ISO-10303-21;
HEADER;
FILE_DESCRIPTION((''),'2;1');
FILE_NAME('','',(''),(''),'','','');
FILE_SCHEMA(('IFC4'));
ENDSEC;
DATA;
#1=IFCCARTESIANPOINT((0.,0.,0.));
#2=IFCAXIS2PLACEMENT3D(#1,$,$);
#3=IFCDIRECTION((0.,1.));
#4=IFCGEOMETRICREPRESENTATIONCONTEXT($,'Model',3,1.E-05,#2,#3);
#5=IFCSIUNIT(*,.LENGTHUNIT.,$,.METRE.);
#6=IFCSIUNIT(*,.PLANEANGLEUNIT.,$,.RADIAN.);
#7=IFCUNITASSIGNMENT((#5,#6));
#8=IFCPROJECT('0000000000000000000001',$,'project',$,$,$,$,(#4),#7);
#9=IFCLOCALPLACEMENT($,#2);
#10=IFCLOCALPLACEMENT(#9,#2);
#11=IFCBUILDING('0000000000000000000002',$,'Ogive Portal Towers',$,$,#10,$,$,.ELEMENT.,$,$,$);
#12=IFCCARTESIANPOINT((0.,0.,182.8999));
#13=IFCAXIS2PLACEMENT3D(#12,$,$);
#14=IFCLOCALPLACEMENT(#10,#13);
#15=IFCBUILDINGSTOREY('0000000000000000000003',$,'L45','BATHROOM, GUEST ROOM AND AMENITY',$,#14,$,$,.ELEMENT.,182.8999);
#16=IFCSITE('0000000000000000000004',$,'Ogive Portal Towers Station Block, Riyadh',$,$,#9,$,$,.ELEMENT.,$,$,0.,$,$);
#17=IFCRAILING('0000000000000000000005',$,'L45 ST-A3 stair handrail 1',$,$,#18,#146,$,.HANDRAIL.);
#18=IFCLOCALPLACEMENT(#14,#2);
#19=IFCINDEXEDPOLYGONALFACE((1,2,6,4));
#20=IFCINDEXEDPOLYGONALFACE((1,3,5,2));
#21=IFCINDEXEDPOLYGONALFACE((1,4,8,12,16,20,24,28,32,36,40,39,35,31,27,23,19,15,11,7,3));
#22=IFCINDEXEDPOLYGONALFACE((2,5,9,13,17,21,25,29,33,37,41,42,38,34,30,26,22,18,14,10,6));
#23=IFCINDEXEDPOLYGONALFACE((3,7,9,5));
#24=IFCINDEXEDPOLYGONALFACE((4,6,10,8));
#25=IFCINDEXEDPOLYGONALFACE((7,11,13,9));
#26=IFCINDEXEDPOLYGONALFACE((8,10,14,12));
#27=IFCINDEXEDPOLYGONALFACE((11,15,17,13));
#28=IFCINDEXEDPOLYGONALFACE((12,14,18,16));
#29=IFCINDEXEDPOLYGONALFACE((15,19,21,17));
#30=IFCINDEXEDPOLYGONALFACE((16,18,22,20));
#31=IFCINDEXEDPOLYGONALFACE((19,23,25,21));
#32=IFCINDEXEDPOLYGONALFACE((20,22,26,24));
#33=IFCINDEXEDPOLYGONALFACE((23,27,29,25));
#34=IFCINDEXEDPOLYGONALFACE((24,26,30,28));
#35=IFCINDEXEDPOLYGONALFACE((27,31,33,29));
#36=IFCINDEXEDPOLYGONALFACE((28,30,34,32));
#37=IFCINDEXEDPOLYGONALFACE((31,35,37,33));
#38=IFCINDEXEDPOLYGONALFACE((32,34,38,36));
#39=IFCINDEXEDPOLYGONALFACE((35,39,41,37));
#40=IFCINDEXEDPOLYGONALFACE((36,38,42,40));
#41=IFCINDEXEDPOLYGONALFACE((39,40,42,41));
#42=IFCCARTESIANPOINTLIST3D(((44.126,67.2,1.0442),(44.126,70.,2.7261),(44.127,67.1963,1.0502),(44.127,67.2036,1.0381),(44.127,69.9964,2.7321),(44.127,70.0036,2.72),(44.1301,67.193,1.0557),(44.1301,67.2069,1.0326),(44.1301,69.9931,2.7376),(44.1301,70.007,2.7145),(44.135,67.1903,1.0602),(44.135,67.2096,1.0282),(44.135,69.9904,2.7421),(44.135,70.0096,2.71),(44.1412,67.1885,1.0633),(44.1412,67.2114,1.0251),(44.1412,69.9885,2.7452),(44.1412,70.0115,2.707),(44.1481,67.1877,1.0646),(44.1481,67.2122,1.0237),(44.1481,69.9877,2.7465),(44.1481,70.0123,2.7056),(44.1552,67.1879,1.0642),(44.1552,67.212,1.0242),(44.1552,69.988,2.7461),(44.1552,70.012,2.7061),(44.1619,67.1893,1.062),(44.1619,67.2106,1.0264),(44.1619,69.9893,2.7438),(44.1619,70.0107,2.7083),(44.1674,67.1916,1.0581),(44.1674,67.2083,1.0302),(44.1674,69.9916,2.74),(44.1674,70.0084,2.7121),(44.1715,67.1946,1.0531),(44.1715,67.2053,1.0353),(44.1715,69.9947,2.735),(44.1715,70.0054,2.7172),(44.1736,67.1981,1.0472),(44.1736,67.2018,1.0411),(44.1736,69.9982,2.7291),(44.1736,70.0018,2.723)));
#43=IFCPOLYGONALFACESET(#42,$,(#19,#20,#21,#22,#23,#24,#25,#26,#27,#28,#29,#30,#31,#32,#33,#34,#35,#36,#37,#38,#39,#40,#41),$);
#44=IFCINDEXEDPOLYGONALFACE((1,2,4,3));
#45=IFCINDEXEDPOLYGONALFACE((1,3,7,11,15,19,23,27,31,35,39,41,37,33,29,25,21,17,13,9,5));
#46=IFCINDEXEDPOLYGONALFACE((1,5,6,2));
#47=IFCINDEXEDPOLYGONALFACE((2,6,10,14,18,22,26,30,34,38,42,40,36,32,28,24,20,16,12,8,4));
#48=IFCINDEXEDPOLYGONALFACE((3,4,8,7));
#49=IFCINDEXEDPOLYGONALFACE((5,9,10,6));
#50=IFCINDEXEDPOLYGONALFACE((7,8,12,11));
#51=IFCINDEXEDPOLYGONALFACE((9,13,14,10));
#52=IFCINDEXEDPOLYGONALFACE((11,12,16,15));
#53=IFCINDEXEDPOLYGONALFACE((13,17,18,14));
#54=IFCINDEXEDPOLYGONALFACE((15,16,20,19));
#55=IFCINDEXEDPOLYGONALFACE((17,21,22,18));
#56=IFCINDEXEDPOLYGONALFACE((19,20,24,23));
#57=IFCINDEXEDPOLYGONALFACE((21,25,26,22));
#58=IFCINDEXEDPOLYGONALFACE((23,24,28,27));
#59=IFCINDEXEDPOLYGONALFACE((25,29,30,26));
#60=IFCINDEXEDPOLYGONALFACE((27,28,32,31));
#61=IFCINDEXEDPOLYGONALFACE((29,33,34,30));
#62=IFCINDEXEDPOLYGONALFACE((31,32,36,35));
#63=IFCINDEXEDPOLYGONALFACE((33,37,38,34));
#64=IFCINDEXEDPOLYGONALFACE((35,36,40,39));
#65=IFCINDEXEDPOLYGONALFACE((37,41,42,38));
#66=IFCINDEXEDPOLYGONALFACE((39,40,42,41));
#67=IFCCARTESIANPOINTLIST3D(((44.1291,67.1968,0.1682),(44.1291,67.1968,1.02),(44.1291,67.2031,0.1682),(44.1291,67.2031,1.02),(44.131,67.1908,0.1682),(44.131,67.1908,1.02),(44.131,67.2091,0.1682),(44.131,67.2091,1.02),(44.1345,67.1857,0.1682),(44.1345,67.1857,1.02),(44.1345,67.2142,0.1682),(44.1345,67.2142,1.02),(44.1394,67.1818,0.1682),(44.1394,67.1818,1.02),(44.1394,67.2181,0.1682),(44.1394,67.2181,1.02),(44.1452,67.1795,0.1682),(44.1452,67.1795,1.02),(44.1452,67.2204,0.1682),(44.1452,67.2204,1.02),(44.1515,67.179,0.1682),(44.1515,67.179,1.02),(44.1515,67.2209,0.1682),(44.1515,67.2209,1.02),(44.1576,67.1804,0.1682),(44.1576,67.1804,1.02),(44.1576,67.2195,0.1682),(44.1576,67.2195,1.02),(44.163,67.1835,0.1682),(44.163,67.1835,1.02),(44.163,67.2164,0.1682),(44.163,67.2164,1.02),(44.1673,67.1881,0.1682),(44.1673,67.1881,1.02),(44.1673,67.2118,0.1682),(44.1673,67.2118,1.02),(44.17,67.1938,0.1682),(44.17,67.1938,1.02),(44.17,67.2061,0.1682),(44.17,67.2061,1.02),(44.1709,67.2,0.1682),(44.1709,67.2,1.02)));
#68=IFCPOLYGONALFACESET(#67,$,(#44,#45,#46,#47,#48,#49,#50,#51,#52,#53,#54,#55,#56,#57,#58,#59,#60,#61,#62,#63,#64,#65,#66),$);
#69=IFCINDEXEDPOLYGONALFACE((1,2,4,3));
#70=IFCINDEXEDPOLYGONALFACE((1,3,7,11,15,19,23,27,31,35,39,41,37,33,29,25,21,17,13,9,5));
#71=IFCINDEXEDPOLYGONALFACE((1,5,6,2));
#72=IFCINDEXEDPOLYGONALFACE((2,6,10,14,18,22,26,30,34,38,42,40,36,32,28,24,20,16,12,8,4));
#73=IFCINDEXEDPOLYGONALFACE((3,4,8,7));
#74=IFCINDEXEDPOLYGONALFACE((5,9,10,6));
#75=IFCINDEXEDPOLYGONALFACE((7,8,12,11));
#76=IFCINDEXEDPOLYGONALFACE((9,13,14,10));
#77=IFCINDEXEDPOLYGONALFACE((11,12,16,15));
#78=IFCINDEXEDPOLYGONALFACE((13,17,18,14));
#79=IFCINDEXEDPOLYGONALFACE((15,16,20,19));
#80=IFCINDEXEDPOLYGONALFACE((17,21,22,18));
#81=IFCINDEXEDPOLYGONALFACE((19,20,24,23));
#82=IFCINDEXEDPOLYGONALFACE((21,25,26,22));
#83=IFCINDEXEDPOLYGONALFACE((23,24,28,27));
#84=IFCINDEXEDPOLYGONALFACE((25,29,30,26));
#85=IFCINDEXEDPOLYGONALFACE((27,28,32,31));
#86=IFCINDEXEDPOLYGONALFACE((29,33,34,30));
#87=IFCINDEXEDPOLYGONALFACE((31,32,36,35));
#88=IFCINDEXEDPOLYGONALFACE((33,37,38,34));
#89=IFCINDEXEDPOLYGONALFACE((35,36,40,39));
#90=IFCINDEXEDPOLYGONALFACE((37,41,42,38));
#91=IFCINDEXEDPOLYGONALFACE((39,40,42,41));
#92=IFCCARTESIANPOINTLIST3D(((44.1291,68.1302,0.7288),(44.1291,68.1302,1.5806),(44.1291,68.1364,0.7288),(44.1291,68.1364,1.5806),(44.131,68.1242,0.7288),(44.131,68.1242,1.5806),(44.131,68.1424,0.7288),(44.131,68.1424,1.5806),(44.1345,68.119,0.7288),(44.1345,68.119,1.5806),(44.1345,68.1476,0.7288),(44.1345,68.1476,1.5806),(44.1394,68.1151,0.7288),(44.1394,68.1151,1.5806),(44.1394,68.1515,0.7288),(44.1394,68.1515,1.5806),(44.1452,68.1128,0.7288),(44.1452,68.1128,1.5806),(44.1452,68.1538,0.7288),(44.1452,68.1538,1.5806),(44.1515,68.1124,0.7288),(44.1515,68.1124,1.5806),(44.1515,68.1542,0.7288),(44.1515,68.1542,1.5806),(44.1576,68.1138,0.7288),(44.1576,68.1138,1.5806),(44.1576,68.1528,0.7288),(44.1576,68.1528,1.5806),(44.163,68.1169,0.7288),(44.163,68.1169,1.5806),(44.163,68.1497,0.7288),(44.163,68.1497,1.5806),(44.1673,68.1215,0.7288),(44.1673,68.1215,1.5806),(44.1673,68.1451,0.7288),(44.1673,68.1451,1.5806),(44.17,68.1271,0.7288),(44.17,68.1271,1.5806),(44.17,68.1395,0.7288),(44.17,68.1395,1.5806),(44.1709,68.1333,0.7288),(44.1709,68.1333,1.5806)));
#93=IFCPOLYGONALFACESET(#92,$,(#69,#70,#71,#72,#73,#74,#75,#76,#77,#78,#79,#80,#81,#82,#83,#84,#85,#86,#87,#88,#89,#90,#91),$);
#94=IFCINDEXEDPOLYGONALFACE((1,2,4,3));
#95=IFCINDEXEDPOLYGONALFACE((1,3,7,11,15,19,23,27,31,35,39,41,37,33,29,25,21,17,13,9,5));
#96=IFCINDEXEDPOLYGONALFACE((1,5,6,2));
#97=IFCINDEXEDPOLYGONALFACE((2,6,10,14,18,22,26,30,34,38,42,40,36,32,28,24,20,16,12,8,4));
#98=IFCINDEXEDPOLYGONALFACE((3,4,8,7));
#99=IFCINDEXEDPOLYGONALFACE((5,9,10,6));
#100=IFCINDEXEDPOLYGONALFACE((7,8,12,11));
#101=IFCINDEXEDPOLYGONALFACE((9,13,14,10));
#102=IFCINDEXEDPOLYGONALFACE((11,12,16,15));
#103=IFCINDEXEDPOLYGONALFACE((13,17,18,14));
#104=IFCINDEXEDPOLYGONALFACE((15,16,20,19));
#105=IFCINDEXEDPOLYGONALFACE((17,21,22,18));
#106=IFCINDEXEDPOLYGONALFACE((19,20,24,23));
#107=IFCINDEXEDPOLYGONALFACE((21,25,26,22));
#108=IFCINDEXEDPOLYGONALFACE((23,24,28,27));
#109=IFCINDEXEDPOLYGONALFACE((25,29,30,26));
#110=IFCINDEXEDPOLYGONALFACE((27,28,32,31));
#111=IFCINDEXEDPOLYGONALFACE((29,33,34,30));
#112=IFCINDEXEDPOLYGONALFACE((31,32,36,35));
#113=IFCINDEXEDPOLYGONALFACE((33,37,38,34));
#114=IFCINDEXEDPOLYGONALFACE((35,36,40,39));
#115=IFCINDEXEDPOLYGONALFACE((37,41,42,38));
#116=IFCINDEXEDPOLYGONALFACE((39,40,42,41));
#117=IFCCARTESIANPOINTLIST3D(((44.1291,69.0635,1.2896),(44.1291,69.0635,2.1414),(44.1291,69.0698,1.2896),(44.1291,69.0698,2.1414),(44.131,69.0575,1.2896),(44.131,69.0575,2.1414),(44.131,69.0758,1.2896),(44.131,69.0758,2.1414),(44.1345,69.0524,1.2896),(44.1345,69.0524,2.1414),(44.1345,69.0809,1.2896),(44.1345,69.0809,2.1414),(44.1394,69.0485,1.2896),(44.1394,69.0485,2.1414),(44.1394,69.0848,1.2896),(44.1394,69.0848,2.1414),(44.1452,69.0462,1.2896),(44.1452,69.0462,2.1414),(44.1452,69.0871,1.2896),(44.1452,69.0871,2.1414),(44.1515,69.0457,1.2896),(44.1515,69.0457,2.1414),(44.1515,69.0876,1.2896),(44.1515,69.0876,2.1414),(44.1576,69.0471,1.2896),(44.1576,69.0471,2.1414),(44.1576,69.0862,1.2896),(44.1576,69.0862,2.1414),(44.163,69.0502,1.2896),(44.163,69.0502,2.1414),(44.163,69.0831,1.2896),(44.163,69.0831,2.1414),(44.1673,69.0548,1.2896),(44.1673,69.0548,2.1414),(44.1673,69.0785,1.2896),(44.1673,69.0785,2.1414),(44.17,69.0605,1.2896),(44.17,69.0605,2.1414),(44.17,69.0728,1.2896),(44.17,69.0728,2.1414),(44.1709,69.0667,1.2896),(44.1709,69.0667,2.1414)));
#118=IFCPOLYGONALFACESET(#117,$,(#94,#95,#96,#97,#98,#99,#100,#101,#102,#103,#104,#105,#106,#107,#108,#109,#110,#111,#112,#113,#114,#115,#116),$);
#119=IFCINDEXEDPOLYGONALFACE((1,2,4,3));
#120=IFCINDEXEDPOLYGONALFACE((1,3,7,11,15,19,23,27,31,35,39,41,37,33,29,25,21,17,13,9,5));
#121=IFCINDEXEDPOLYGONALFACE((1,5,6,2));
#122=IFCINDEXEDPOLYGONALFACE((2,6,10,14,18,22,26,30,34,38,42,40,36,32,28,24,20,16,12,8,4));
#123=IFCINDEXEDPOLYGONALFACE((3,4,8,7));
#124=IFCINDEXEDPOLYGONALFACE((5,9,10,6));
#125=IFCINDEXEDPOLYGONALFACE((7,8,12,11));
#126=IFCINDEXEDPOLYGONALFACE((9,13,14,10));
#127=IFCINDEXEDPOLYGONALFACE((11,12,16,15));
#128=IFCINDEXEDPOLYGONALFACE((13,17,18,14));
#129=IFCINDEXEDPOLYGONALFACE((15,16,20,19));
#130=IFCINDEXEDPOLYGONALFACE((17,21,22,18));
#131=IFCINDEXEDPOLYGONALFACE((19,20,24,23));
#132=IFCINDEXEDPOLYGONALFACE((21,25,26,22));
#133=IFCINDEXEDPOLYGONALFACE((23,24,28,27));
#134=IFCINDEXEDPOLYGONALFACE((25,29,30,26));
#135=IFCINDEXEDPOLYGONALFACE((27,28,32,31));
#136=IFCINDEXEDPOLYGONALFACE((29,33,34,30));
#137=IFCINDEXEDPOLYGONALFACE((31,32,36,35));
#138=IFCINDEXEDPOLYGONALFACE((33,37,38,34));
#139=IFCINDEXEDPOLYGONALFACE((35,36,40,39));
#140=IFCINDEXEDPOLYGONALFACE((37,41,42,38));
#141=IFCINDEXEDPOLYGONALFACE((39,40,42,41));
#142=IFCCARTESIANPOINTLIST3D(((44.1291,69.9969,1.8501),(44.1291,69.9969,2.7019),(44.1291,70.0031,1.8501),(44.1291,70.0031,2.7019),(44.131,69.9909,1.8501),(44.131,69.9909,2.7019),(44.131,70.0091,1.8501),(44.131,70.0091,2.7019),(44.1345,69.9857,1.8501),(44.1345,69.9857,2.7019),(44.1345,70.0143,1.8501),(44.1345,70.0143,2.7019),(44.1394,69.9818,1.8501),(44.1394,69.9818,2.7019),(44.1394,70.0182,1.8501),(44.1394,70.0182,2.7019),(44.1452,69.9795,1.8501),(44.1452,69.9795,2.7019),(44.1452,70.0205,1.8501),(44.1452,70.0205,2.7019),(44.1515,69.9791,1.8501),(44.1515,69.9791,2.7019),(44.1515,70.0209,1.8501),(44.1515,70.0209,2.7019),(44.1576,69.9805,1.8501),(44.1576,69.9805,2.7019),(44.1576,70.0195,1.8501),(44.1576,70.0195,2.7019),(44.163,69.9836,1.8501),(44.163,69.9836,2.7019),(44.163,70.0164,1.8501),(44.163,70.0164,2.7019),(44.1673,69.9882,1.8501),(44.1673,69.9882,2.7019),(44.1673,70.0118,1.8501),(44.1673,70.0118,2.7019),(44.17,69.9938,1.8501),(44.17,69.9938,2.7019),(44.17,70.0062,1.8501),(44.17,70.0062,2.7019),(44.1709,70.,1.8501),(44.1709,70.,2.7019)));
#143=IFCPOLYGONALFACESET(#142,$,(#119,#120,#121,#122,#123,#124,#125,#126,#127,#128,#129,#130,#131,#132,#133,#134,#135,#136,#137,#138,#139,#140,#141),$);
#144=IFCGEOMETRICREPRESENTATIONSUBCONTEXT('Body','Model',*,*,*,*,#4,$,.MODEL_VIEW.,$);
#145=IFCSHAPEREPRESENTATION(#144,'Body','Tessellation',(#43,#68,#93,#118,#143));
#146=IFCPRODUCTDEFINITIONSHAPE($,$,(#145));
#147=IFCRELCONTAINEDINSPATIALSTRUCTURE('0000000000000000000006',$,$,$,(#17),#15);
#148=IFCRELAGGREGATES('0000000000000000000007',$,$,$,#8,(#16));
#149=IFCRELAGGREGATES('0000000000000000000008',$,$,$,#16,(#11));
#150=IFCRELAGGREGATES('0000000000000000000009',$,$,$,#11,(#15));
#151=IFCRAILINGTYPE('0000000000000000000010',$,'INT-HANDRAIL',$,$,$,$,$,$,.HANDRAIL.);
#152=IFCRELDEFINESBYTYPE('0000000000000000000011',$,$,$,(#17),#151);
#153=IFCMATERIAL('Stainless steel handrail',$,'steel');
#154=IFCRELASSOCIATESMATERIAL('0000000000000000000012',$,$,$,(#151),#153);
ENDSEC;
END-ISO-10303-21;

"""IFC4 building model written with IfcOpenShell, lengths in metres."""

from ifc_helpers import new_model, si_unit, direction, frame, origin, origin_2d, place, context, subcontext, project, spatial, circle, extrude, material, type_object, element, save


model = new_model("IFC4")

# Units and contexts
model_context = context("Model", 3, precision=1e-05, world=origin(), true_north=direction((0.0, 1.0)))
body_context = subcontext(model_context, "Body", "Model", "MODEL_VIEW")
ifc_project = project(units=[si_unit("LENGTHUNIT", "METRE"), si_unit("PLANEANGLEUNIT", "RADIAN")], contexts=[model_context])

# Site, building, storey
site_placement = place(None, origin())
site = spatial("IfcSite", under=ifc_project, at=site_placement, Name="Ogive Portal Towers Station Block, Riyadh", CompositionType="ELEMENT", RefElevation=0.0)
building_placement = place(site_placement, origin())
building = spatial("IfcBuilding", under=site, at=building_placement, Name="Ogive Portal Towers", CompositionType="ELEMENT")
storey_placement = place(building_placement, frame((0.0, 0.0, 182.8999)))
storey = spatial("IfcBuildingStorey", under=building, at=storey_placement, Name="L45", Description="BATHROOM, GUEST ROOM AND AMENITY", CompositionType="ELEMENT", Elevation=182.8999)

# Railing
ifc_material_1 = material(Name="Stainless steel handrail", Category="steel")
railing_type_1 = type_object("IfcRailingType", Name="INT-HANDRAIL", PredefinedType="HANDRAIL", material=ifc_material_1)
railing_1_placement = place(storey_placement, frame((44.1499, 67.2, 0.1682)))
element("IfcRailing", 1, at=railing_1_placement, inside=storey, type_object=railing_type_1, Name="L45 ST-A3 stair handrail 1", PredefinedType="HANDRAIL", context=body_context, shape_type="SweptSolid", body=[
    extrude(circle(Radius=0.0239, at=origin_2d()), frame((0.0, 0.0, 0.876), z_axis=(0.0, 0.857242, 0.514913), x_axis=(-1.0, 0.0, 0.0)), (0.0, 0.0, 1.0), 3.2664),
    extrude(circle(Radius=0.021, at=origin_2d()), origin(), (0.0, 0.0, 1.0), 0.8518),
    extrude(circle(Radius=0.021, at=origin_2d()), frame((0.0, 0.9333, 0.5605)), (0.0, 0.0, 1.0), 0.8518),
    extrude(circle(Radius=0.021, at=origin_2d()), frame((0.0, 1.8667, 1.1213)), (0.0, 0.0, 1.0), 0.8518),
    extrude(circle(Radius=0.021, at=origin_2d()), frame((0.0, 2.8, 1.6819)), (0.0, 0.0, 1.0), 0.8518),
])

save(model, "model.ifc")
